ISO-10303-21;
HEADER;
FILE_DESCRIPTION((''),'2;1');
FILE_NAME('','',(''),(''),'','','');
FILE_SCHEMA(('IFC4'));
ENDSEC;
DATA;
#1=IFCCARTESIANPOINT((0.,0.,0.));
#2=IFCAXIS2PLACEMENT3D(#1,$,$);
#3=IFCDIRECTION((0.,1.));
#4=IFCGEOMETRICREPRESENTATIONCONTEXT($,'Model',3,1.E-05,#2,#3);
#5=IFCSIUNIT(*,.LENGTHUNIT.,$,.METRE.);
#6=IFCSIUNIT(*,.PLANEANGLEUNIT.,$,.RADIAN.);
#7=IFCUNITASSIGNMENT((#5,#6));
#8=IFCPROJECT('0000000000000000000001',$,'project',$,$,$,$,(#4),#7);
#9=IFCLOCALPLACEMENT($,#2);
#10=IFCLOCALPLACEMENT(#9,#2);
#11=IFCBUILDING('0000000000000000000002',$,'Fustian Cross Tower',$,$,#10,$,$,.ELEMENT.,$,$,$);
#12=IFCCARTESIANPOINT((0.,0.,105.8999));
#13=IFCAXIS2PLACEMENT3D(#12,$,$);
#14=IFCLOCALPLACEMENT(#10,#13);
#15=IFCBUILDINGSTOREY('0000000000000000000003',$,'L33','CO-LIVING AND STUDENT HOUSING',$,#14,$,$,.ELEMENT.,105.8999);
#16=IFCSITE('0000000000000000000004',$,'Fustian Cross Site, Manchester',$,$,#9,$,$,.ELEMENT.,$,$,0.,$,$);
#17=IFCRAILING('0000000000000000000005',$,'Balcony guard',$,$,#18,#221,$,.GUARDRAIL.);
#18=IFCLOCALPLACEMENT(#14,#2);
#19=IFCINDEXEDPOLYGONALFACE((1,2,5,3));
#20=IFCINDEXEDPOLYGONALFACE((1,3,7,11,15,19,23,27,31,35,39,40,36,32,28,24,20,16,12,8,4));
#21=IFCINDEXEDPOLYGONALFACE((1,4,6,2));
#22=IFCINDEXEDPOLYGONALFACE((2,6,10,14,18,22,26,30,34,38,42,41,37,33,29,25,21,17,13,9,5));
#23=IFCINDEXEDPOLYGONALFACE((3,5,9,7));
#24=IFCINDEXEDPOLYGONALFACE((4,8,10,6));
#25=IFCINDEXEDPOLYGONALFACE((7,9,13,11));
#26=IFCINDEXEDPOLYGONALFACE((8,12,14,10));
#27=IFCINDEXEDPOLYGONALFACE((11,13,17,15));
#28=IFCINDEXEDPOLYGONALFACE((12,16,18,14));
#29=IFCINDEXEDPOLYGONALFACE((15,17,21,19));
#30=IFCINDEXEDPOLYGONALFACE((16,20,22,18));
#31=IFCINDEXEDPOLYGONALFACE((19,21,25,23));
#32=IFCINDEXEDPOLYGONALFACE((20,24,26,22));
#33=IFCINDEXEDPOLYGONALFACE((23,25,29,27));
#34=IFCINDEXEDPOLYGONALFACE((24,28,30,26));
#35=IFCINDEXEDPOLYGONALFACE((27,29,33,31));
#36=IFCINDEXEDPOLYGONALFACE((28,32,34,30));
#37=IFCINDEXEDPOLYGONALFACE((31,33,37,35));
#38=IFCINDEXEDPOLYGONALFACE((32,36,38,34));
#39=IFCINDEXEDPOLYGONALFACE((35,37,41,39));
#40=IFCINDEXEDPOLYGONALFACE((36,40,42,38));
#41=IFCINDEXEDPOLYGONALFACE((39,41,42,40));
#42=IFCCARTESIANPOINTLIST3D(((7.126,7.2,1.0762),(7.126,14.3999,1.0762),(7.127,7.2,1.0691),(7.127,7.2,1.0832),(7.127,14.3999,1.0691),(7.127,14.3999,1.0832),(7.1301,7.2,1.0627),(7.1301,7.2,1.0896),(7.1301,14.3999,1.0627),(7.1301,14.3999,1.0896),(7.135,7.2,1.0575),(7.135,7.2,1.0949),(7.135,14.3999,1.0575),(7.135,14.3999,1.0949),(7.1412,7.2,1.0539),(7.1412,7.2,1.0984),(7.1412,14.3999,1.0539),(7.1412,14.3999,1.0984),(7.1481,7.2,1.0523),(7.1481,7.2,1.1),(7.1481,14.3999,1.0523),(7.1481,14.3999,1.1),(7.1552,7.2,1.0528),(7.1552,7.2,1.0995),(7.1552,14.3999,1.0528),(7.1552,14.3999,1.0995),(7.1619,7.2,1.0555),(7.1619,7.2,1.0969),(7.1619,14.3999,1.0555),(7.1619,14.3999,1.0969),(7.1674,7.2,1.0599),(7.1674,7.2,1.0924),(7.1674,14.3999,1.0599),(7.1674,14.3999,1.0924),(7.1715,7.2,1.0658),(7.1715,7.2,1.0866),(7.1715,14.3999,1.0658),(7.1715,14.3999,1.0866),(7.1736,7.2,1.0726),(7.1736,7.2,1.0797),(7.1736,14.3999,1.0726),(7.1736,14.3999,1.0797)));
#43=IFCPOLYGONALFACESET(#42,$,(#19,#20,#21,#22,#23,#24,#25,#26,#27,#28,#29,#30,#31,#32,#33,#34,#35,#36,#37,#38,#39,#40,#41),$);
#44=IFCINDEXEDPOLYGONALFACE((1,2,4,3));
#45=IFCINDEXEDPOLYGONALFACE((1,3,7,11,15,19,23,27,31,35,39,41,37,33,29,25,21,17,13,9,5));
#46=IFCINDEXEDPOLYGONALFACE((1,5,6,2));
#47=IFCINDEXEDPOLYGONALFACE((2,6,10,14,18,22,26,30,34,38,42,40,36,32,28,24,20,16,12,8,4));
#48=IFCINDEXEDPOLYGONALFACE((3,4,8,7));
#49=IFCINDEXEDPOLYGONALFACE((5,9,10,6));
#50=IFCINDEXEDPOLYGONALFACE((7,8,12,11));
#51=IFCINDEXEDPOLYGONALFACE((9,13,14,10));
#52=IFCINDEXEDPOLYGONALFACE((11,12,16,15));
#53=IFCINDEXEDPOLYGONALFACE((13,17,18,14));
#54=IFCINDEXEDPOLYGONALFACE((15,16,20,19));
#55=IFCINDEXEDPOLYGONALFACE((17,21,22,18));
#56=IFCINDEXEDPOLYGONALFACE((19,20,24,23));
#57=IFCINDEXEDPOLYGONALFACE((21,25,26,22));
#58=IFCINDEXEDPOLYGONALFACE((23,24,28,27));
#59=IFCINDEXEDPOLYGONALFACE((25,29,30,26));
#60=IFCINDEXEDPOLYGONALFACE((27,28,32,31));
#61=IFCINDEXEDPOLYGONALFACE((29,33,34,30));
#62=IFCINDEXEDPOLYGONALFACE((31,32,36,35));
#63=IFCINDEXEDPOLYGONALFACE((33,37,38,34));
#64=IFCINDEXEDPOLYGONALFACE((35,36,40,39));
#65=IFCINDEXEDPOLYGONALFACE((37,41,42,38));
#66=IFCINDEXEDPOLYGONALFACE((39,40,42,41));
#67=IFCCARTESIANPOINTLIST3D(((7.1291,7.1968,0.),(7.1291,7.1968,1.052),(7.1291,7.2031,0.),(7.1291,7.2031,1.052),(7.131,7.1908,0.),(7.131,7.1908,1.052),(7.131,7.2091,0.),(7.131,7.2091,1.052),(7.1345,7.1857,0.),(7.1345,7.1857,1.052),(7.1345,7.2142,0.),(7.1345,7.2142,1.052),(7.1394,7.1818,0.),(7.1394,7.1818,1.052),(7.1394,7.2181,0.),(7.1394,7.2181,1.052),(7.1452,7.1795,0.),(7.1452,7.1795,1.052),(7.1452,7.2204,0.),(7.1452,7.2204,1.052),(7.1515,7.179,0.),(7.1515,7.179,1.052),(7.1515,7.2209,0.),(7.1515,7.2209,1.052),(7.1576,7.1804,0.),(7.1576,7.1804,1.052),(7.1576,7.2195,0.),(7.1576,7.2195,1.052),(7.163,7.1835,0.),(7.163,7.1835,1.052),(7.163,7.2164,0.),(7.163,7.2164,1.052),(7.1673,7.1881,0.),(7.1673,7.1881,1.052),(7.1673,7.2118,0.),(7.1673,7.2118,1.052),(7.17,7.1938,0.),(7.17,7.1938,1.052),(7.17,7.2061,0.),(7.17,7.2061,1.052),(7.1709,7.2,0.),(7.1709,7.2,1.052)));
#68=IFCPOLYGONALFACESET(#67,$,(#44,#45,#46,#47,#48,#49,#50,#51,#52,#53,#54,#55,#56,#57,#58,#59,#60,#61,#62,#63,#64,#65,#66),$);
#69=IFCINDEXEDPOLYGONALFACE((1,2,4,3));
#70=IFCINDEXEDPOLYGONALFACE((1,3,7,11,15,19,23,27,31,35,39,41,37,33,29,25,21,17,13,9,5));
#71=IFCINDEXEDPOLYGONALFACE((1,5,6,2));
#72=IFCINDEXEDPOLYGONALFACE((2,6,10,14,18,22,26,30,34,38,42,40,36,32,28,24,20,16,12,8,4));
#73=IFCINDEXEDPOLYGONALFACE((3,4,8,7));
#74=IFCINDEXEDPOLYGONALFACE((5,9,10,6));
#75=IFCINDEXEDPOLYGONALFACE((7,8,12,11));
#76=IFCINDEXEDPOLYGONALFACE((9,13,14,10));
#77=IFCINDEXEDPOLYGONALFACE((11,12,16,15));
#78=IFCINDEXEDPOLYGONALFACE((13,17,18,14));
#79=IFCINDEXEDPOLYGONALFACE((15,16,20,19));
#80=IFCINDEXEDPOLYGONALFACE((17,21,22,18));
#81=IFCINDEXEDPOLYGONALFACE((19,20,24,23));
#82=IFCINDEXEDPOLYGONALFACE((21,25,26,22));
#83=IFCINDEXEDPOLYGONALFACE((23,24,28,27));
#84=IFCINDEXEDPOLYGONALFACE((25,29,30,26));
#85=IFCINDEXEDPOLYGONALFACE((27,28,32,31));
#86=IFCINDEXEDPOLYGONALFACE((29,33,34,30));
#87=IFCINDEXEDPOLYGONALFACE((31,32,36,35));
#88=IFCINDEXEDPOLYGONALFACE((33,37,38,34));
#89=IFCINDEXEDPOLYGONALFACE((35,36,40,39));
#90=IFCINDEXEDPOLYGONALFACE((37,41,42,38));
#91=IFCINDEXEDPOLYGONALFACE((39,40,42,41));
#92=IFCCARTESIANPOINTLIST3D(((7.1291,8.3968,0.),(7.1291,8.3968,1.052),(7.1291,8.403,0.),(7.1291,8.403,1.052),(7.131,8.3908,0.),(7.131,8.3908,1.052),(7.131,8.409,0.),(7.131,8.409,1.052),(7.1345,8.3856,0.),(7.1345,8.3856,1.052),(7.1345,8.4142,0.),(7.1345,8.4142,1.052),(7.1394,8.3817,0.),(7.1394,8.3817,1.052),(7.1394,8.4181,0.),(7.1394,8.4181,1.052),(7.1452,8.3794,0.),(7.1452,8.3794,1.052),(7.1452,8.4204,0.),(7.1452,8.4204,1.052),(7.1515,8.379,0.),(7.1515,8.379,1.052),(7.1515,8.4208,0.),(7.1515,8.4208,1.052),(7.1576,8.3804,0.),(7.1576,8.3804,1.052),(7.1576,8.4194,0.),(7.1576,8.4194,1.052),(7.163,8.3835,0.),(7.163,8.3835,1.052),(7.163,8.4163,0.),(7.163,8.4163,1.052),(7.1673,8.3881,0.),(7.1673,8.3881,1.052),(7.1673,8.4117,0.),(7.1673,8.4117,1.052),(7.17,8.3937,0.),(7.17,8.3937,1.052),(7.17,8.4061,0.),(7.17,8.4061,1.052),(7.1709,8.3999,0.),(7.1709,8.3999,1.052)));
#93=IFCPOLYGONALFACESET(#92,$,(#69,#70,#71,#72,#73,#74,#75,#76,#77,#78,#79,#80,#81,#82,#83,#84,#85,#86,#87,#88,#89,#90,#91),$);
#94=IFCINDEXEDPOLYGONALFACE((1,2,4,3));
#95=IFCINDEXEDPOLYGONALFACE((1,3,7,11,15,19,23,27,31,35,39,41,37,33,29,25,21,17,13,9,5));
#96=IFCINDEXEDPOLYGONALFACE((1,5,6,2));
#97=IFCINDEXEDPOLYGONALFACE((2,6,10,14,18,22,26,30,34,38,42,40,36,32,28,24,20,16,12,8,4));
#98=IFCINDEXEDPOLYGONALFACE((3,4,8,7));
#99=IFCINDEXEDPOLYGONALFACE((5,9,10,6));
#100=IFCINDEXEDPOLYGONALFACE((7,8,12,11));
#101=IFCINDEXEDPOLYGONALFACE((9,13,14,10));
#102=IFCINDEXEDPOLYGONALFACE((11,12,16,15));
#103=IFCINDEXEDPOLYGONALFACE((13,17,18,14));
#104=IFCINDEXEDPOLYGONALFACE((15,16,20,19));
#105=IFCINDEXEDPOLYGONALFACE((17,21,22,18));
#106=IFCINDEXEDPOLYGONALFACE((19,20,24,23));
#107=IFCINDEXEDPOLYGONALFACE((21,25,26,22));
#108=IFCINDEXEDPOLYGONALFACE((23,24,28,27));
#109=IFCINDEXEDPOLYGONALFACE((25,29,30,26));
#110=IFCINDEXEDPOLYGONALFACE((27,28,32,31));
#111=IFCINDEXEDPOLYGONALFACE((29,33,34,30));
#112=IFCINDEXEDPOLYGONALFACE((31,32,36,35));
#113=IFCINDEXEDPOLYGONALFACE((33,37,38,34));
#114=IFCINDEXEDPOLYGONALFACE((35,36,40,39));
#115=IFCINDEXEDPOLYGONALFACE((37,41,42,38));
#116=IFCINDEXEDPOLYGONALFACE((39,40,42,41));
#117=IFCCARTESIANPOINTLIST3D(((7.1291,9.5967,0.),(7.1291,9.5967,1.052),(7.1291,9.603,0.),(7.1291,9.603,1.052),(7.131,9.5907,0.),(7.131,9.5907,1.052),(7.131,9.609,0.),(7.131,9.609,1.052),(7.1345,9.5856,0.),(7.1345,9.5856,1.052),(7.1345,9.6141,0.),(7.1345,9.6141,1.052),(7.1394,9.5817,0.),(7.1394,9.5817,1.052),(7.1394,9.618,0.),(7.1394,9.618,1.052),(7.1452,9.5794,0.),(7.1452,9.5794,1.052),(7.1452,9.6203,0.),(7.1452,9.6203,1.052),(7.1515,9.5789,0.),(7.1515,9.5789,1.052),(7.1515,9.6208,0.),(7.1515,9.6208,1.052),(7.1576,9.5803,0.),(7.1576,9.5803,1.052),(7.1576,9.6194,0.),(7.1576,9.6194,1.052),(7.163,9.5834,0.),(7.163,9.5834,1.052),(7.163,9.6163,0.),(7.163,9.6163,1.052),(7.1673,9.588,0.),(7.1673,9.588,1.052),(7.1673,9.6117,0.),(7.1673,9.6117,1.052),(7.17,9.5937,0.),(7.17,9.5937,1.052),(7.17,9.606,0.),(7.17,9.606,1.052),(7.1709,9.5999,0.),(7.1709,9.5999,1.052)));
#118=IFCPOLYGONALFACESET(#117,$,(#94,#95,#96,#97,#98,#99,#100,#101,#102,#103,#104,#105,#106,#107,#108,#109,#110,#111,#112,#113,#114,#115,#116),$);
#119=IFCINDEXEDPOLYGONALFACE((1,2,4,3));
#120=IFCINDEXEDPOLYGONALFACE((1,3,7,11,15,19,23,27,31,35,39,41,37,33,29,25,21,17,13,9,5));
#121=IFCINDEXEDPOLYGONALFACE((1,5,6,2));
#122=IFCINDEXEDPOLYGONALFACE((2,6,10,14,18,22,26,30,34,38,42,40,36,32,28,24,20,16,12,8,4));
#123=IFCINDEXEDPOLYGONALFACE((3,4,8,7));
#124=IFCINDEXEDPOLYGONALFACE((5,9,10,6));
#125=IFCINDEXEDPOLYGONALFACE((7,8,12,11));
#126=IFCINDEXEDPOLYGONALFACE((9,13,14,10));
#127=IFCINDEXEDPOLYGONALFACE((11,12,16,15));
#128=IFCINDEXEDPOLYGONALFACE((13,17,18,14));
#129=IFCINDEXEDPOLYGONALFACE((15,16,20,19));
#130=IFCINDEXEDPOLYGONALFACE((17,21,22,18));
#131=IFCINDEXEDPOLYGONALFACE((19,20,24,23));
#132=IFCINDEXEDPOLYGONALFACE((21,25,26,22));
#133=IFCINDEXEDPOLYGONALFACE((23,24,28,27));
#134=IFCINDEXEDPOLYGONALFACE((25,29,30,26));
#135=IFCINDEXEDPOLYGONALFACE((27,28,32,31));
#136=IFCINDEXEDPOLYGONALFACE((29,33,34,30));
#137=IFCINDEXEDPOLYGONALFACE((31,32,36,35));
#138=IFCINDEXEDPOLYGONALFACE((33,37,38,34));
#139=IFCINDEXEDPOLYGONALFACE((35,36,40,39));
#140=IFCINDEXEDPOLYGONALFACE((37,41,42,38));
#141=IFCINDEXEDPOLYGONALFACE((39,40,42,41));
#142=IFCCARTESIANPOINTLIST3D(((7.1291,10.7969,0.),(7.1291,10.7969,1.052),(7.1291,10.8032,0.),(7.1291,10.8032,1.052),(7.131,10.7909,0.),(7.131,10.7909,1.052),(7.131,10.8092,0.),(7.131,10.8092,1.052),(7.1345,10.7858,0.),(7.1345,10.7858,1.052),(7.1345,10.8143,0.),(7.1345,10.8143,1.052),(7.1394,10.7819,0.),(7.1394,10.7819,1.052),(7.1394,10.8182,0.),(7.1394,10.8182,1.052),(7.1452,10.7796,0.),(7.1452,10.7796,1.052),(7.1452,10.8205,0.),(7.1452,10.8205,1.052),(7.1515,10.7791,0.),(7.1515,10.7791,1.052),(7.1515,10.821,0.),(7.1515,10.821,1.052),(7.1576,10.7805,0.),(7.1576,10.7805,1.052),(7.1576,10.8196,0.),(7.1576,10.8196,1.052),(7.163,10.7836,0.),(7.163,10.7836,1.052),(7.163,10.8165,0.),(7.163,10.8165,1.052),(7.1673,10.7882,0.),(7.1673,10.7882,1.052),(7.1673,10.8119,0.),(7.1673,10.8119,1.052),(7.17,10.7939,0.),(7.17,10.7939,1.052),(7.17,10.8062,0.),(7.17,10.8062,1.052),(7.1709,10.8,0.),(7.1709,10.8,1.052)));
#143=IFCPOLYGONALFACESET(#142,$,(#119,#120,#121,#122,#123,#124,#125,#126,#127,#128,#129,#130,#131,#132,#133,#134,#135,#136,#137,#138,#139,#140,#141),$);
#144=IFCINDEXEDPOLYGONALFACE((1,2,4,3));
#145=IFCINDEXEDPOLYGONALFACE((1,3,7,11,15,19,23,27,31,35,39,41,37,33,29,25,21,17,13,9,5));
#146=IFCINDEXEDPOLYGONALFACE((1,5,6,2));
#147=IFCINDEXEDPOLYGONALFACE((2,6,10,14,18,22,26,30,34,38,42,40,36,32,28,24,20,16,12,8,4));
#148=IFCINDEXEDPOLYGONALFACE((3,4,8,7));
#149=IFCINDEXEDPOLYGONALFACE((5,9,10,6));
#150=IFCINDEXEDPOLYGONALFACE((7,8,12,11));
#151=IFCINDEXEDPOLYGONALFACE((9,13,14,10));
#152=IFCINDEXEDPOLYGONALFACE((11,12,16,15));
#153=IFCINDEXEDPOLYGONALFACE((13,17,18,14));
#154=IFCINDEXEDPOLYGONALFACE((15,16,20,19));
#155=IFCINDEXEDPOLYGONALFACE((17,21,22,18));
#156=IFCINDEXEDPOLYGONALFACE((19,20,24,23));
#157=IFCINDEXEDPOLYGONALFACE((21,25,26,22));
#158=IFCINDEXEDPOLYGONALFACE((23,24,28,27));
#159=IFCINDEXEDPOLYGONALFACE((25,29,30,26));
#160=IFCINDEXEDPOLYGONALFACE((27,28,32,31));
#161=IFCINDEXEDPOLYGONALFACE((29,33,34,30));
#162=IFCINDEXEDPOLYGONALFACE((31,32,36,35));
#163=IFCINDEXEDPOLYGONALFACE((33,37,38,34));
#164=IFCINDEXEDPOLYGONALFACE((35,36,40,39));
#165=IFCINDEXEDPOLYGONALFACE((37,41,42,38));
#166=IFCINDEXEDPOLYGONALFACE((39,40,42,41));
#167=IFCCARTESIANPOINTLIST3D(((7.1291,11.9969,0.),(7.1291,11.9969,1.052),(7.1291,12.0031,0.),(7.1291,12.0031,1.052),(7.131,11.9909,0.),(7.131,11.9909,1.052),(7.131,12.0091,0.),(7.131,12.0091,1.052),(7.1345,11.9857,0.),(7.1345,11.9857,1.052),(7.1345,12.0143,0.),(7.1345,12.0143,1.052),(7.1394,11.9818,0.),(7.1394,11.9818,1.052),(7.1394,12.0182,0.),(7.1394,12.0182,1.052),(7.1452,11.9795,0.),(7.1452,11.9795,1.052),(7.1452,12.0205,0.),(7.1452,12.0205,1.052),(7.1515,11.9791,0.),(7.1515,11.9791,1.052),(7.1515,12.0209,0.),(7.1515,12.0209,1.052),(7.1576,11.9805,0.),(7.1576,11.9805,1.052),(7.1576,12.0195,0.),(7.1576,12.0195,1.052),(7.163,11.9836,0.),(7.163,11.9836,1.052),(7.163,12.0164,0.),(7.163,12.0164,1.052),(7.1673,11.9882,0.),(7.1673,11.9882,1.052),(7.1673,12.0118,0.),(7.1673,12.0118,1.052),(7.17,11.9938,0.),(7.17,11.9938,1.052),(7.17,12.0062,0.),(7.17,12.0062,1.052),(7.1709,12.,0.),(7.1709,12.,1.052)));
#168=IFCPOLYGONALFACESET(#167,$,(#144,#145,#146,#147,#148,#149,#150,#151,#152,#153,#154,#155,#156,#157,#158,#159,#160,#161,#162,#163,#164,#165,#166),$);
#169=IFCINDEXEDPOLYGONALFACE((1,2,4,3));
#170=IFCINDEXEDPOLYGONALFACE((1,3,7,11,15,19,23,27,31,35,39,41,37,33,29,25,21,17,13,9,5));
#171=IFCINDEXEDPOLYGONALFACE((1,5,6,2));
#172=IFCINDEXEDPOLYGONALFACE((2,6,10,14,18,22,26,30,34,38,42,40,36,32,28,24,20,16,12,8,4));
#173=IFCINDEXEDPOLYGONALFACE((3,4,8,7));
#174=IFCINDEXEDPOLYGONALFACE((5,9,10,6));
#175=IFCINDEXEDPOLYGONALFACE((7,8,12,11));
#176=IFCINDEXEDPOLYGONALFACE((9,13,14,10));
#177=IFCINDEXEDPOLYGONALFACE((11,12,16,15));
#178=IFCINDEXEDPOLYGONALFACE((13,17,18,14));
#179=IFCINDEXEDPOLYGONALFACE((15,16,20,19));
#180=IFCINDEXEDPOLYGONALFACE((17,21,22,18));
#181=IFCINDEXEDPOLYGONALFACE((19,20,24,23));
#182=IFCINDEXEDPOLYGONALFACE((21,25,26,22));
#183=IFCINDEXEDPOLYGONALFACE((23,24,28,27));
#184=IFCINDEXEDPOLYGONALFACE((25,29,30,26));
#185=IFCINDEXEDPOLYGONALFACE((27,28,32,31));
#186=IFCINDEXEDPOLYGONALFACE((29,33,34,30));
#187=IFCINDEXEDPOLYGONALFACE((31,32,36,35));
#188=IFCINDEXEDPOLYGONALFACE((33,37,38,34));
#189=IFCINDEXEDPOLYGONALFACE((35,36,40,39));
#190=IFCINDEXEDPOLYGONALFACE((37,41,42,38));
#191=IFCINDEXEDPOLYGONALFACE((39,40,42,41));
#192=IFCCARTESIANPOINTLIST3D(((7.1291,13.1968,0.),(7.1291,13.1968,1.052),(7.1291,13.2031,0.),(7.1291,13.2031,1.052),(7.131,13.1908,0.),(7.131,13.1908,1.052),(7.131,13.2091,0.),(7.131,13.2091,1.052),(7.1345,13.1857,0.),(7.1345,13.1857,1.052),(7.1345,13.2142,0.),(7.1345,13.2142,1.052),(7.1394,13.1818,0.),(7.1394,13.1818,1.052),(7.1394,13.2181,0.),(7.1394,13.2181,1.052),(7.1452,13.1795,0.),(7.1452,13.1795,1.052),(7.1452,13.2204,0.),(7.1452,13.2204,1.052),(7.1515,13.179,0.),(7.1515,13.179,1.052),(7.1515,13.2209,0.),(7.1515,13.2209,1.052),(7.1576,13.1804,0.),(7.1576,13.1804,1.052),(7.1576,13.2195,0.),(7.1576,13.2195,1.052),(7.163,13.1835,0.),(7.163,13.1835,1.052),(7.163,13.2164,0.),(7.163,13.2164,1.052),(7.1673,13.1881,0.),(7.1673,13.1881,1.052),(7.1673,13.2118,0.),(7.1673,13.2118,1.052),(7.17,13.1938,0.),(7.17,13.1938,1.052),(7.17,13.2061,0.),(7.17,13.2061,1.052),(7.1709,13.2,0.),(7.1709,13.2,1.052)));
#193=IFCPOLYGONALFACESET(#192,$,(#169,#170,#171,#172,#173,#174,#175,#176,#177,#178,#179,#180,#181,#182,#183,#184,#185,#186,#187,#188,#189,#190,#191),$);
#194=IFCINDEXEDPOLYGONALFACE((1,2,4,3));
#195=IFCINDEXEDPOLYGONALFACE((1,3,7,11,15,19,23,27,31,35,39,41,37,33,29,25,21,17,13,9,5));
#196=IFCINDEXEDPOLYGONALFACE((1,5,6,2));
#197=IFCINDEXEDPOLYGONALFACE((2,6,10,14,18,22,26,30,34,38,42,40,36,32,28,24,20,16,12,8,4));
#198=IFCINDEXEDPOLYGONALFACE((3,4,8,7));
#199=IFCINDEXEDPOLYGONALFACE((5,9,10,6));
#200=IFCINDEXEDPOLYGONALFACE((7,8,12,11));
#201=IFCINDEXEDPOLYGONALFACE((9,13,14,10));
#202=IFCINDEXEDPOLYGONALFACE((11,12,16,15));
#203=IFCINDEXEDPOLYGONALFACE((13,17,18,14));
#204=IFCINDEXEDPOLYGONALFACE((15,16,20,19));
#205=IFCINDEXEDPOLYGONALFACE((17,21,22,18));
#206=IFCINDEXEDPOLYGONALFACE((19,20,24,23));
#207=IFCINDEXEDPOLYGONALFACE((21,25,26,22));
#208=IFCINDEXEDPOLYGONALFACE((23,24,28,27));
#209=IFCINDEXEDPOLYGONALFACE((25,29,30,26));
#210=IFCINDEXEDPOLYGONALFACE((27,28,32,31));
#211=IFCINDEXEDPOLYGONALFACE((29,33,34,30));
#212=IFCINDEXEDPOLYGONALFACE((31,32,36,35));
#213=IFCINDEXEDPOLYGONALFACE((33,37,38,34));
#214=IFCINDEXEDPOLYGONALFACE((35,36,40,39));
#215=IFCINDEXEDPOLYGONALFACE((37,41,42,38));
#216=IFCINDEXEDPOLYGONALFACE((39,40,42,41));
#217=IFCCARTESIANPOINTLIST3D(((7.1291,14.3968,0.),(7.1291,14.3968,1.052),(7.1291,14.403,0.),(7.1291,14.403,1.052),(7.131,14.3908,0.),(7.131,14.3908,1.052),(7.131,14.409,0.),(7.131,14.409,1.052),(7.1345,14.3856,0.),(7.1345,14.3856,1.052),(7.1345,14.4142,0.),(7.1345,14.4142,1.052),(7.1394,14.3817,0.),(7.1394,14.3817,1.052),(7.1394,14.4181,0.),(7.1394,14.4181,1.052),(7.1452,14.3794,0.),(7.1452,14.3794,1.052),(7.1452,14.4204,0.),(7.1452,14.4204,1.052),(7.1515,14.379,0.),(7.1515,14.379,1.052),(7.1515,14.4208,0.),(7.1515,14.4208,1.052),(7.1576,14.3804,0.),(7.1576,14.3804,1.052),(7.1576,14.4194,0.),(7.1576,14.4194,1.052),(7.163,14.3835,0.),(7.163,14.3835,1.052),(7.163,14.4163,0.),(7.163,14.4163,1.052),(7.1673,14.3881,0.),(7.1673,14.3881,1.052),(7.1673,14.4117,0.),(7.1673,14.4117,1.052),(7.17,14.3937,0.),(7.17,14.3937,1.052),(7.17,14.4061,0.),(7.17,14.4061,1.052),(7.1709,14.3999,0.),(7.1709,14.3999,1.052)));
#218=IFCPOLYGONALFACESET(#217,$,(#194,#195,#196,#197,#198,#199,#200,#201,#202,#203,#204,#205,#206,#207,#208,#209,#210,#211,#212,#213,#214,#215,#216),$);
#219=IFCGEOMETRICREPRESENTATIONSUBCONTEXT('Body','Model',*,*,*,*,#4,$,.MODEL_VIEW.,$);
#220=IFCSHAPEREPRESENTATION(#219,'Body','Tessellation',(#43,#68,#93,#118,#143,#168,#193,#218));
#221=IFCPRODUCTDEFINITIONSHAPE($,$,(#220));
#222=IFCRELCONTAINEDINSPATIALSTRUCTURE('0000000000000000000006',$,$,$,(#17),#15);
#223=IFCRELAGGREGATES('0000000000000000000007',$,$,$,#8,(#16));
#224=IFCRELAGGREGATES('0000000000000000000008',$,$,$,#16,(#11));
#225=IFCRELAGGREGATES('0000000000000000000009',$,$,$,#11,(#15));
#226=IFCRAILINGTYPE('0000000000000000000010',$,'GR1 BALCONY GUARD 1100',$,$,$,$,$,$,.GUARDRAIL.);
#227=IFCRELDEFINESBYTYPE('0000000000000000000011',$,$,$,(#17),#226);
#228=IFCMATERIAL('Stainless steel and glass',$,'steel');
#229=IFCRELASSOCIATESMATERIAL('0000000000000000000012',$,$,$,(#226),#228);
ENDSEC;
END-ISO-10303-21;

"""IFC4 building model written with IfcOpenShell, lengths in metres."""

from ifc_helpers import new_model, si_unit, direction, frame, origin, origin_2d, place, context, subcontext, project, spatial, circle, extrude, material, type_object, element, save


model = new_model("IFC4")

# Units and contexts
model_context = context("Model", 3, precision=1e-05, world=origin(), true_north=direction((0.0, 1.0)))
body_context = subcontext(model_context, "Body", "Model", "MODEL_VIEW")
ifc_project = project(units=[si_unit("LENGTHUNIT", "METRE"), si_unit("PLANEANGLEUNIT", "RADIAN")], contexts=[model_context])

# Site, building, storey
site_placement = place(None, origin())
site = spatial("IfcSite", under=ifc_project, at=site_placement, Name="Fustian Cross Site, Manchester", CompositionType="ELEMENT", RefElevation=0.0)
building_placement = place(site_placement, origin())
building = spatial("IfcBuilding", under=site, at=building_placement, Name="Fustian Cross Tower", CompositionType="ELEMENT")
storey_placement = place(building_placement, frame((0.0, 0.0, 105.8999)))
storey = spatial("IfcBuildingStorey", under=building, at=storey_placement, Name="L33", Description="CO-LIVING AND STUDENT HOUSING", CompositionType="ELEMENT", Elevation=105.8999)

# Railing
ifc_material_1 = material(Name="Stainless steel and glass", Category="steel")
railing_type = type_object("IfcRailingType", Name="GR1 BALCONY GUARD 1100", PredefinedType="GUARDRAIL", material=ifc_material_1)
railing_placement = place(storey_placement, frame((7.1499, 7.2, 0.0)))
element("IfcRailing", 1, at=railing_placement, inside=storey, type_object=railing_type, Name="Balcony guard", PredefinedType="GUARDRAIL", context=body_context, shape_type="SweptSolid", body=[
    extrude(circle(Radius=0.0239, at=origin_2d()), frame((0.0, 0.0, 1.0762), z_axis=(0.0, 1.0, 0.0), x_axis=(-1.0, 0.0, 0.0)), (0.0, 0.0, 1.0), 7.2),
    extrude(circle(Radius=0.021, at=origin_2d()), origin(), (0.0, 0.0, 1.0), 1.052),
    extrude(circle(Radius=0.021, at=origin_2d()), frame((0.0, 1.2, 0.0)), (0.0, 0.0, 1.0), 1.052),
    extrude(circle(Radius=0.021, at=origin_2d()), frame((0.0, 2.3999, 0.0)), (0.0, 0.0, 1.0), 1.052),
    extrude(circle(Radius=0.021, at=origin_2d()), frame((0.0, 3.6001, 0.0)), (0.0, 0.0, 1.0), 1.052),
    extrude(circle(Radius=0.021, at=origin_2d()), frame((0.0, 4.8, 0.0)), (0.0, 0.0, 1.0), 1.052),
    extrude(circle(Radius=0.021, at=origin_2d()), frame((0.0, 6.0, 0.0)), (0.0, 0.0, 1.0), 1.052),
    extrude(circle(Radius=0.021, at=origin_2d()), frame((0.0, 7.2, 0.0)), (0.0, 0.0, 1.0), 1.052),
])

save(model, "model.ifc")
